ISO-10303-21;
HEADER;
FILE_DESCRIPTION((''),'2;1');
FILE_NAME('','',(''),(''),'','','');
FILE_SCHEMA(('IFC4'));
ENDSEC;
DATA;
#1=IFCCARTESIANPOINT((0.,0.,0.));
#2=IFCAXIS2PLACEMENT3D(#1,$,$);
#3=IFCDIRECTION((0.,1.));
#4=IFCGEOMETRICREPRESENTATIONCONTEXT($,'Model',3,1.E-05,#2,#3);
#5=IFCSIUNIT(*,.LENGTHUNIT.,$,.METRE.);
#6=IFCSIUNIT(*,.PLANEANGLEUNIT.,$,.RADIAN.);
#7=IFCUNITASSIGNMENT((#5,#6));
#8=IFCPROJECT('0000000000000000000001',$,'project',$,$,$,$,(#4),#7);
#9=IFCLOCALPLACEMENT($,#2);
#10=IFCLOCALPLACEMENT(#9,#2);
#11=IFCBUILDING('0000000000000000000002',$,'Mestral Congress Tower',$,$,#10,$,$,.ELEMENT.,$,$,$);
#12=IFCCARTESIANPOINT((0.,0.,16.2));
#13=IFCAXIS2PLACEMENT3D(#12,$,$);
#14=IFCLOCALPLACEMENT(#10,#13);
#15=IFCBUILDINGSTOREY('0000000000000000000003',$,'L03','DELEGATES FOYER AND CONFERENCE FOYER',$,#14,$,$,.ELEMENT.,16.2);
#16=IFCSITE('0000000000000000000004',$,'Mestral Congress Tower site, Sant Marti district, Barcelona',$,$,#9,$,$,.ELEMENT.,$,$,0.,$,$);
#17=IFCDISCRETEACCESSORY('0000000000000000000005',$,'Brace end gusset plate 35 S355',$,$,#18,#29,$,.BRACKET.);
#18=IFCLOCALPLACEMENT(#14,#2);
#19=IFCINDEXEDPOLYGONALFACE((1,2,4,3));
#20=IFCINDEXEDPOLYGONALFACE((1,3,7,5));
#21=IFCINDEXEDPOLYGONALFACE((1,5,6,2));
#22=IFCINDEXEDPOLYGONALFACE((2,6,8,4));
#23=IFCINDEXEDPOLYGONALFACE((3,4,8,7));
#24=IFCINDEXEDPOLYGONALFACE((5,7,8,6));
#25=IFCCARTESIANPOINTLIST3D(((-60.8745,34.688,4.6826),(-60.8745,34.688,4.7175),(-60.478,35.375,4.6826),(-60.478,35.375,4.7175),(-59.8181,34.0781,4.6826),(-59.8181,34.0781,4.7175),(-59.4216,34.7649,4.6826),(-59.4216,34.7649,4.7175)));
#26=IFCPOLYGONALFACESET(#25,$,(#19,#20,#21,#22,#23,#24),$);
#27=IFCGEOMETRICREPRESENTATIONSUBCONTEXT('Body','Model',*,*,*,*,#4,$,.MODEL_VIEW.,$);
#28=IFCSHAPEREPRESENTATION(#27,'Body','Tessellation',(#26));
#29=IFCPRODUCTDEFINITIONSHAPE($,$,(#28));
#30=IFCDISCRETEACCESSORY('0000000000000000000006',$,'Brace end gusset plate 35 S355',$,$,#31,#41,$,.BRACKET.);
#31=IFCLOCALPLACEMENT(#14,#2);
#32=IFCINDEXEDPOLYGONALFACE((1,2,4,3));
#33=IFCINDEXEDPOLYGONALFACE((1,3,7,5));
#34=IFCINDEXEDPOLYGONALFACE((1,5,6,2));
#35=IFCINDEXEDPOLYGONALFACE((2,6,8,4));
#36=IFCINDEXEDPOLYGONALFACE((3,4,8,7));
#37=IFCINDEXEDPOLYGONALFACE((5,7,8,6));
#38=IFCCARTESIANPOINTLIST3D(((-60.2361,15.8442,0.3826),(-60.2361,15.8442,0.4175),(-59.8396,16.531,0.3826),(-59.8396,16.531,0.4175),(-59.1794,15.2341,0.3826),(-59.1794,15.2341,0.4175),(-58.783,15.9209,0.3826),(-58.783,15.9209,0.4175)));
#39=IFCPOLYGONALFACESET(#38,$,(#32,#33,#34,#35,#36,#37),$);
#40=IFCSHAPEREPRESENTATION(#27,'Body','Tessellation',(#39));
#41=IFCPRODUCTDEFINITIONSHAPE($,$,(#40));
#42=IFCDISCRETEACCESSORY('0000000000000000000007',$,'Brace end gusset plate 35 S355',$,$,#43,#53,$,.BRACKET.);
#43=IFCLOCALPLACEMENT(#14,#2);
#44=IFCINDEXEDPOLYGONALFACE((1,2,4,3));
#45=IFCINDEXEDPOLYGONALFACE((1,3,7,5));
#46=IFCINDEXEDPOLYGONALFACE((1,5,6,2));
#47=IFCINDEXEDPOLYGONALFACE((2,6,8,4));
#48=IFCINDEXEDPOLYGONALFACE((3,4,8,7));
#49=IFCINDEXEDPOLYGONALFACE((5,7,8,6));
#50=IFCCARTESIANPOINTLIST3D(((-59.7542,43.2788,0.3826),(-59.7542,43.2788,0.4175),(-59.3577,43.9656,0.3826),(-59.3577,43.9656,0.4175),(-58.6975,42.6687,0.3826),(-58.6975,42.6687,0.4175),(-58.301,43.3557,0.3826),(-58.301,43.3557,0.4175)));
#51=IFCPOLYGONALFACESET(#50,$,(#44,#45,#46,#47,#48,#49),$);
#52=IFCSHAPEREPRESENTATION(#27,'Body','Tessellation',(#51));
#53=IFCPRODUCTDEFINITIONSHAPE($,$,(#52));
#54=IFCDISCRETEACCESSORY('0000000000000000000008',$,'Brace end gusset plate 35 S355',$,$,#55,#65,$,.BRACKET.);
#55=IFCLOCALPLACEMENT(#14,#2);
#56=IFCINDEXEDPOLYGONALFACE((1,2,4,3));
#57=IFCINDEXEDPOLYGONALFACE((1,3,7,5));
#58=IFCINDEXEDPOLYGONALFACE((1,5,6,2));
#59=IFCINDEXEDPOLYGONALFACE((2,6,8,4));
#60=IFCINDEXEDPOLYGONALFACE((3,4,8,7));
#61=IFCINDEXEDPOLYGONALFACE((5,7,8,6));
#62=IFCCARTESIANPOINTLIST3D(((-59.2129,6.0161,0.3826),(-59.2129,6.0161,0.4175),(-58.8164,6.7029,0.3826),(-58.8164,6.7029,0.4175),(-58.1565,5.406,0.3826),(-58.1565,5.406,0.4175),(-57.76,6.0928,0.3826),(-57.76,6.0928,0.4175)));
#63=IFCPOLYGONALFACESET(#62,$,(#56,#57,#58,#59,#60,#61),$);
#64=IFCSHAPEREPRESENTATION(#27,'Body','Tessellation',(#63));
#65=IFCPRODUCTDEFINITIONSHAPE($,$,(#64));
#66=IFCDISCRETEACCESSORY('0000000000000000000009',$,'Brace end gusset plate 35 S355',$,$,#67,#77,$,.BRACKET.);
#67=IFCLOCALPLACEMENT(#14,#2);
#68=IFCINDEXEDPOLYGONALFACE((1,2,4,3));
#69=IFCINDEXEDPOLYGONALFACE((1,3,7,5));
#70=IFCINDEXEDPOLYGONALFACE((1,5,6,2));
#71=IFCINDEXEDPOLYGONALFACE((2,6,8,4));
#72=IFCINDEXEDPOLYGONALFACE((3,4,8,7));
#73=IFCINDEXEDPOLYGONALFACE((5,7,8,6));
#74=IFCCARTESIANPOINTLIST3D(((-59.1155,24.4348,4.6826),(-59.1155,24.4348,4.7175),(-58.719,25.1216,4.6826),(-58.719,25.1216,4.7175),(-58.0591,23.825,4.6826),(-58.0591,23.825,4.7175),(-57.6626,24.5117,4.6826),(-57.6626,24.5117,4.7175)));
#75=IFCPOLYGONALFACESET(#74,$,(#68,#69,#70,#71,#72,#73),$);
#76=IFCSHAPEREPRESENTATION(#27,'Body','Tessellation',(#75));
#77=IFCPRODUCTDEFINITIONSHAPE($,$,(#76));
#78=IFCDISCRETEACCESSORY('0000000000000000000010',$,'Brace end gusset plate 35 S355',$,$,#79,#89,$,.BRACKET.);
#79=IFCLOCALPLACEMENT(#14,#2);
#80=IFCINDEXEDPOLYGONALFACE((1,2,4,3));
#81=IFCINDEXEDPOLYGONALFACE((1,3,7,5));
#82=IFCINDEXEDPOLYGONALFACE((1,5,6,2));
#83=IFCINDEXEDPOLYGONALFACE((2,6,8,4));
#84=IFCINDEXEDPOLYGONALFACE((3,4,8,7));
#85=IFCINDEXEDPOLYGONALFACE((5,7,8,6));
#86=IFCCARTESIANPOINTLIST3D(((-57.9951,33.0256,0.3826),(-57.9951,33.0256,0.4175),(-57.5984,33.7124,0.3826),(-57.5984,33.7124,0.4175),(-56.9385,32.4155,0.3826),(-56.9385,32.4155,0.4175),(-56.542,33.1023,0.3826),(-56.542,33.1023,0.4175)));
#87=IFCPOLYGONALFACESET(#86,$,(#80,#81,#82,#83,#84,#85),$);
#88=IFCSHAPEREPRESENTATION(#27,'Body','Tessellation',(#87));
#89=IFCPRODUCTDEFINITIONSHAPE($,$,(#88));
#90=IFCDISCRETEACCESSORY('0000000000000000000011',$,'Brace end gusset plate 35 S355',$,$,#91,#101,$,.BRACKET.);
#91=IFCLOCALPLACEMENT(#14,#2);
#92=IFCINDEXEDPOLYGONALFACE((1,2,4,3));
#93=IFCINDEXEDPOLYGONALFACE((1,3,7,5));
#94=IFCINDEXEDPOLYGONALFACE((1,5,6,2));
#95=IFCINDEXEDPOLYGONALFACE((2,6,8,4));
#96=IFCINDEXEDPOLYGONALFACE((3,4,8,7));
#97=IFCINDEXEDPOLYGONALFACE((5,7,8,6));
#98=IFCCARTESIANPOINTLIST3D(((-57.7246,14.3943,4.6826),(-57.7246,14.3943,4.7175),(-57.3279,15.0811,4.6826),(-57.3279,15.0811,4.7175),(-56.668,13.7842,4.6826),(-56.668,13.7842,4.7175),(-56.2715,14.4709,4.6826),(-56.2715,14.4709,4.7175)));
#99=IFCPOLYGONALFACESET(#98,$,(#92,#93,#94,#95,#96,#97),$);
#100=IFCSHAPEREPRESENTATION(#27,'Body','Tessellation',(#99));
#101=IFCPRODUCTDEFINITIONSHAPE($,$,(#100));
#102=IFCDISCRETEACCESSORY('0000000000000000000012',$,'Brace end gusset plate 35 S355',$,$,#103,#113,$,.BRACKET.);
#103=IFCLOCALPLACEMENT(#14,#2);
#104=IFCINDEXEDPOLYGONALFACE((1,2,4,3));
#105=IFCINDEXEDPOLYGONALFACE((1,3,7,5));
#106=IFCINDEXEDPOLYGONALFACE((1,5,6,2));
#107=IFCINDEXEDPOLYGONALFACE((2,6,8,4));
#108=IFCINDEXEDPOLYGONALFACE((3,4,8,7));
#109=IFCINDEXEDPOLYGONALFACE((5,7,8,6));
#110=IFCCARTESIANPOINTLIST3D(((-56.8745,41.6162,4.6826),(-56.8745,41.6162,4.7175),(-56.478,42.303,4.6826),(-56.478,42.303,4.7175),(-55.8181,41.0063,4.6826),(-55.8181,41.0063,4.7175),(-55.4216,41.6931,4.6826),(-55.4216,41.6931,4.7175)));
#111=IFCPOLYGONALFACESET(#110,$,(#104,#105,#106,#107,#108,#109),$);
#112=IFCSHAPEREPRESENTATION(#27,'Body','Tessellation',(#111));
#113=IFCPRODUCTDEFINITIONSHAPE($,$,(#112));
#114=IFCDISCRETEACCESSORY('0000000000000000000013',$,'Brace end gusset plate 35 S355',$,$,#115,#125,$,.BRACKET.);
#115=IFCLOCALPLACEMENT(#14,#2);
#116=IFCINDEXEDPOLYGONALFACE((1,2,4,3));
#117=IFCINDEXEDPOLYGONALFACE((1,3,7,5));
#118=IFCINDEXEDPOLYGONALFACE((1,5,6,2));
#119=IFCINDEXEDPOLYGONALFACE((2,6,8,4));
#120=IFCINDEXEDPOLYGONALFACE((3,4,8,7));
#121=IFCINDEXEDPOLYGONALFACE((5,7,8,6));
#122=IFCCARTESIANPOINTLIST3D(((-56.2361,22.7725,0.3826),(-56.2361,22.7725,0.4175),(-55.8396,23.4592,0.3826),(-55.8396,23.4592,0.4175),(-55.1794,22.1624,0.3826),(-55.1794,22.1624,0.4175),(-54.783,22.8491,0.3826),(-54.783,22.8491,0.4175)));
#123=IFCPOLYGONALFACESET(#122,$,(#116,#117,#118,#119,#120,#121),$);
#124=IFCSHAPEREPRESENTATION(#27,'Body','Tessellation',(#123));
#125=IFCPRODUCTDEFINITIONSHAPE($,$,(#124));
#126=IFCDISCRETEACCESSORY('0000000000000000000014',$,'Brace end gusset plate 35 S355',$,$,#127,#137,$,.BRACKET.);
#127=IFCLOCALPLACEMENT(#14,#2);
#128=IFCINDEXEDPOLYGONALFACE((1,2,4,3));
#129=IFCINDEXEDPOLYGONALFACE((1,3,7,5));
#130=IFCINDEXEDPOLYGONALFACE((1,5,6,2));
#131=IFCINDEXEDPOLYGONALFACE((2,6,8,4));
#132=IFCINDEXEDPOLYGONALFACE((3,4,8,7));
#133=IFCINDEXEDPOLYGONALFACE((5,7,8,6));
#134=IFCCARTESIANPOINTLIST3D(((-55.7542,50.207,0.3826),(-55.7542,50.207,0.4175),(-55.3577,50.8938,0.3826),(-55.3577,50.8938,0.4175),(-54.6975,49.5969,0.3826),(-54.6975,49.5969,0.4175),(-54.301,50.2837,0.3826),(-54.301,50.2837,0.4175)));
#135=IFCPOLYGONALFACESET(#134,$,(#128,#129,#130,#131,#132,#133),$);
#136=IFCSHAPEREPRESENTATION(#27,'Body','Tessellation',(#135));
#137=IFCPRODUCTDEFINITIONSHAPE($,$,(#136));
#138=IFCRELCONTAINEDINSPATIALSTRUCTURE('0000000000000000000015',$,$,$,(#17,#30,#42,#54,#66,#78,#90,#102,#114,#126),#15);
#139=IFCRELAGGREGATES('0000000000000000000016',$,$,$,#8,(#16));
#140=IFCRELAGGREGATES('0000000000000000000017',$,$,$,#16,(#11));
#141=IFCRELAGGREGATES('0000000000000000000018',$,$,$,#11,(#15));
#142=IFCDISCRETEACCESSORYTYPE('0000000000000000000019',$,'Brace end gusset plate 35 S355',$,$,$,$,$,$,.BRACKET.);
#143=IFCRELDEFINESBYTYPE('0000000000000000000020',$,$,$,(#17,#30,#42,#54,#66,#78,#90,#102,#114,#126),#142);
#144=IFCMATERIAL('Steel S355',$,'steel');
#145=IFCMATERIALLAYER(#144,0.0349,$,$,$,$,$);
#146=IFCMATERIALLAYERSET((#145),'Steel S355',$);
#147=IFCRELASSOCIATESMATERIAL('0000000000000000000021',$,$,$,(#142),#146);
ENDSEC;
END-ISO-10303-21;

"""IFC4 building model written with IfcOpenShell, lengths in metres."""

from ifc_helpers import new_model, si_unit, direction, frame, origin, place, context, subcontext, project, spatial, polyline, outline, extrude, material, layer, layer_set, type_object, element, save


model = new_model("IFC4")

# Units and contexts
model_context = context("Model", 3, precision=1e-05, world=origin(), true_north=direction((0.0, 1.0)))
body_context = subcontext(model_context, "Body", "Model", "MODEL_VIEW")
ifc_project = project(units=[si_unit("LENGTHUNIT", "METRE"), si_unit("PLANEANGLEUNIT", "RADIAN")], contexts=[model_context])

# Site, building, storey
site_placement = place(None, origin())
site = spatial("IfcSite", under=ifc_project, at=site_placement, Name="Mestral Congress Tower site, Sant Marti district, Barcelona", CompositionType="ELEMENT", RefElevation=0.0)
building_placement = place(site_placement, origin())
building = spatial("IfcBuilding", under=site, at=building_placement, Name="Mestral Congress Tower", CompositionType="ELEMENT")
storey_placement = place(building_placement, frame((0.0, 0.0, 16.2)))
storey = spatial("IfcBuildingStorey", under=building, at=storey_placement, Name="L03", Description="DELEGATES FOYER AND CONFERENCE FOYER", CompositionType="ELEMENT", Elevation=16.2)

# Discrete accessories
ifc_material = material(Name="Steel S355", Category="steel")
ifc_layer_1 = layer(ifc_material, 0.0349)
ifc_layer_set_1 = layer_set([ifc_layer_1], Name="Steel S355")
discrete_accessory_type_1 = type_object("IfcDiscreteAccessoryType", Name="Brace end gusset plate 35 S355", PredefinedType="BRACKET", material=ifc_layer_set_1)
placement_1 = place(storey_placement, frame((0.0, 0.0, 4.6826)))
placement_2 = place(storey_placement, frame((0.0, 0.0, 0.3826)))
element("IfcDiscreteAccessory", 1, at=placement_1, inside=storey, type_object=discrete_accessory_type_1, Name="Brace end gusset plate 35 S355", PredefinedType="BRACKET", context=body_context, shape_type="SweptSolid", body=[
    extrude(outline(polyline([(-60.8745, 34.688), (-59.8181, 34.0781), (-59.4216, 34.7649), (-60.478, 35.375), (-60.8745, 34.688)])), origin(), (0.0, 0.0, 1.0), 0.0349),
])
element("IfcDiscreteAccessory", 2, at=placement_2, inside=storey, type_object=discrete_accessory_type_1, Name="Brace end gusset plate 35 S355", PredefinedType="BRACKET", context=body_context, shape_type="SweptSolid", body=[
    extrude(outline(polyline([(-60.2361, 15.8442), (-59.1794, 15.2341), (-58.783, 15.9209), (-59.8396, 16.531), (-60.2361, 15.8442)])), origin(), (0.0, 0.0, 1.0), 0.0349),
])
element("IfcDiscreteAccessory", 3, at=placement_2, inside=storey, type_object=discrete_accessory_type_1, Name="Brace end gusset plate 35 S355", PredefinedType="BRACKET", context=body_context, shape_type="SweptSolid", body=[
    extrude(outline(polyline([(-59.7542, 43.2788), (-58.6975, 42.6687), (-58.301, 43.3557), (-59.3577, 43.9656), (-59.7542, 43.2788)])), origin(), (0.0, 0.0, 1.0), 0.0349),
])
element("IfcDiscreteAccessory", 4, at=placement_2, inside=storey, type_object=discrete_accessory_type_1, Name="Brace end gusset plate 35 S355", PredefinedType="BRACKET", context=body_context, shape_type="SweptSolid", body=[
    extrude(outline(polyline([(-57.76, 6.0928), (-58.8164, 6.7029), (-59.2129, 6.0161), (-58.1565, 5.406), (-57.76, 6.0928)])), origin(), (0.0, 0.0, 1.0), 0.0349),
])
element("IfcDiscreteAccessory", 5, at=placement_1, inside=storey, type_object=discrete_accessory_type_1, Name="Brace end gusset plate 35 S355", PredefinedType="BRACKET", context=body_context, shape_type="SweptSolid", body=[
    extrude(outline(polyline([(-59.1155, 24.4348), (-58.0591, 23.825), (-57.6626, 24.5117), (-58.719, 25.1216), (-59.1155, 24.4348)])), origin(), (0.0, 0.0, 1.0), 0.0349),
])
element("IfcDiscreteAccessory", 6, at=placement_2, inside=storey, type_object=discrete_accessory_type_1, Name="Brace end gusset plate 35 S355", PredefinedType="BRACKET", context=body_context, shape_type="SweptSolid", body=[
    extrude(outline(polyline([(-57.9951, 33.0256), (-56.9385, 32.4155), (-56.542, 33.1023), (-57.5984, 33.7124), (-57.9951, 33.0256)])), origin(), (0.0, 0.0, 1.0), 0.0349),
])
element("IfcDiscreteAccessory", 7, at=placement_1, inside=storey, type_object=discrete_accessory_type_1, Name="Brace end gusset plate 35 S355", PredefinedType="BRACKET", context=body_context, shape_type="SweptSolid", body=[
    extrude(outline(polyline([(-57.7246, 14.3943), (-56.668, 13.7842), (-56.2715, 14.4709), (-57.3279, 15.0811), (-57.7246, 14.3943)])), origin(), (0.0, 0.0, 1.0), 0.0349),
])
element("IfcDiscreteAccessory", 8, at=placement_1, inside=storey, type_object=discrete_accessory_type_1, Name="Brace end gusset plate 35 S355", PredefinedType="BRACKET", context=body_context, shape_type="SweptSolid", body=[
    extrude(outline(polyline([(-56.8745, 41.6162), (-55.8181, 41.0063), (-55.4216, 41.6931), (-56.478, 42.303), (-56.8745, 41.6162)])), origin(), (0.0, 0.0, 1.0), 0.0349),
])
element("IfcDiscreteAccessory", 9, at=placement_2, inside=storey, type_object=discrete_accessory_type_1, Name="Brace end gusset plate 35 S355", PredefinedType="BRACKET", context=body_context, shape_type="SweptSolid", body=[
    extrude(outline(polyline([(-56.2361, 22.7725), (-55.1794, 22.1624), (-54.783, 22.8491), (-55.8396, 23.4592), (-56.2361, 22.7725)])), origin(), (0.0, 0.0, 1.0), 0.0349),
])
element("IfcDiscreteAccessory", 10, at=placement_2, inside=storey, type_object=discrete_accessory_type_1, Name="Brace end gusset plate 35 S355", PredefinedType="BRACKET", context=body_context, shape_type="SweptSolid", body=[
    extrude(outline(polyline([(-55.7542, 50.207), (-54.6975, 49.5969), (-54.301, 50.2837), (-55.3577, 50.8938), (-55.7542, 50.207)])), origin(), (0.0, 0.0, 1.0), 0.0349),
])

save(model, "model.ifc")
